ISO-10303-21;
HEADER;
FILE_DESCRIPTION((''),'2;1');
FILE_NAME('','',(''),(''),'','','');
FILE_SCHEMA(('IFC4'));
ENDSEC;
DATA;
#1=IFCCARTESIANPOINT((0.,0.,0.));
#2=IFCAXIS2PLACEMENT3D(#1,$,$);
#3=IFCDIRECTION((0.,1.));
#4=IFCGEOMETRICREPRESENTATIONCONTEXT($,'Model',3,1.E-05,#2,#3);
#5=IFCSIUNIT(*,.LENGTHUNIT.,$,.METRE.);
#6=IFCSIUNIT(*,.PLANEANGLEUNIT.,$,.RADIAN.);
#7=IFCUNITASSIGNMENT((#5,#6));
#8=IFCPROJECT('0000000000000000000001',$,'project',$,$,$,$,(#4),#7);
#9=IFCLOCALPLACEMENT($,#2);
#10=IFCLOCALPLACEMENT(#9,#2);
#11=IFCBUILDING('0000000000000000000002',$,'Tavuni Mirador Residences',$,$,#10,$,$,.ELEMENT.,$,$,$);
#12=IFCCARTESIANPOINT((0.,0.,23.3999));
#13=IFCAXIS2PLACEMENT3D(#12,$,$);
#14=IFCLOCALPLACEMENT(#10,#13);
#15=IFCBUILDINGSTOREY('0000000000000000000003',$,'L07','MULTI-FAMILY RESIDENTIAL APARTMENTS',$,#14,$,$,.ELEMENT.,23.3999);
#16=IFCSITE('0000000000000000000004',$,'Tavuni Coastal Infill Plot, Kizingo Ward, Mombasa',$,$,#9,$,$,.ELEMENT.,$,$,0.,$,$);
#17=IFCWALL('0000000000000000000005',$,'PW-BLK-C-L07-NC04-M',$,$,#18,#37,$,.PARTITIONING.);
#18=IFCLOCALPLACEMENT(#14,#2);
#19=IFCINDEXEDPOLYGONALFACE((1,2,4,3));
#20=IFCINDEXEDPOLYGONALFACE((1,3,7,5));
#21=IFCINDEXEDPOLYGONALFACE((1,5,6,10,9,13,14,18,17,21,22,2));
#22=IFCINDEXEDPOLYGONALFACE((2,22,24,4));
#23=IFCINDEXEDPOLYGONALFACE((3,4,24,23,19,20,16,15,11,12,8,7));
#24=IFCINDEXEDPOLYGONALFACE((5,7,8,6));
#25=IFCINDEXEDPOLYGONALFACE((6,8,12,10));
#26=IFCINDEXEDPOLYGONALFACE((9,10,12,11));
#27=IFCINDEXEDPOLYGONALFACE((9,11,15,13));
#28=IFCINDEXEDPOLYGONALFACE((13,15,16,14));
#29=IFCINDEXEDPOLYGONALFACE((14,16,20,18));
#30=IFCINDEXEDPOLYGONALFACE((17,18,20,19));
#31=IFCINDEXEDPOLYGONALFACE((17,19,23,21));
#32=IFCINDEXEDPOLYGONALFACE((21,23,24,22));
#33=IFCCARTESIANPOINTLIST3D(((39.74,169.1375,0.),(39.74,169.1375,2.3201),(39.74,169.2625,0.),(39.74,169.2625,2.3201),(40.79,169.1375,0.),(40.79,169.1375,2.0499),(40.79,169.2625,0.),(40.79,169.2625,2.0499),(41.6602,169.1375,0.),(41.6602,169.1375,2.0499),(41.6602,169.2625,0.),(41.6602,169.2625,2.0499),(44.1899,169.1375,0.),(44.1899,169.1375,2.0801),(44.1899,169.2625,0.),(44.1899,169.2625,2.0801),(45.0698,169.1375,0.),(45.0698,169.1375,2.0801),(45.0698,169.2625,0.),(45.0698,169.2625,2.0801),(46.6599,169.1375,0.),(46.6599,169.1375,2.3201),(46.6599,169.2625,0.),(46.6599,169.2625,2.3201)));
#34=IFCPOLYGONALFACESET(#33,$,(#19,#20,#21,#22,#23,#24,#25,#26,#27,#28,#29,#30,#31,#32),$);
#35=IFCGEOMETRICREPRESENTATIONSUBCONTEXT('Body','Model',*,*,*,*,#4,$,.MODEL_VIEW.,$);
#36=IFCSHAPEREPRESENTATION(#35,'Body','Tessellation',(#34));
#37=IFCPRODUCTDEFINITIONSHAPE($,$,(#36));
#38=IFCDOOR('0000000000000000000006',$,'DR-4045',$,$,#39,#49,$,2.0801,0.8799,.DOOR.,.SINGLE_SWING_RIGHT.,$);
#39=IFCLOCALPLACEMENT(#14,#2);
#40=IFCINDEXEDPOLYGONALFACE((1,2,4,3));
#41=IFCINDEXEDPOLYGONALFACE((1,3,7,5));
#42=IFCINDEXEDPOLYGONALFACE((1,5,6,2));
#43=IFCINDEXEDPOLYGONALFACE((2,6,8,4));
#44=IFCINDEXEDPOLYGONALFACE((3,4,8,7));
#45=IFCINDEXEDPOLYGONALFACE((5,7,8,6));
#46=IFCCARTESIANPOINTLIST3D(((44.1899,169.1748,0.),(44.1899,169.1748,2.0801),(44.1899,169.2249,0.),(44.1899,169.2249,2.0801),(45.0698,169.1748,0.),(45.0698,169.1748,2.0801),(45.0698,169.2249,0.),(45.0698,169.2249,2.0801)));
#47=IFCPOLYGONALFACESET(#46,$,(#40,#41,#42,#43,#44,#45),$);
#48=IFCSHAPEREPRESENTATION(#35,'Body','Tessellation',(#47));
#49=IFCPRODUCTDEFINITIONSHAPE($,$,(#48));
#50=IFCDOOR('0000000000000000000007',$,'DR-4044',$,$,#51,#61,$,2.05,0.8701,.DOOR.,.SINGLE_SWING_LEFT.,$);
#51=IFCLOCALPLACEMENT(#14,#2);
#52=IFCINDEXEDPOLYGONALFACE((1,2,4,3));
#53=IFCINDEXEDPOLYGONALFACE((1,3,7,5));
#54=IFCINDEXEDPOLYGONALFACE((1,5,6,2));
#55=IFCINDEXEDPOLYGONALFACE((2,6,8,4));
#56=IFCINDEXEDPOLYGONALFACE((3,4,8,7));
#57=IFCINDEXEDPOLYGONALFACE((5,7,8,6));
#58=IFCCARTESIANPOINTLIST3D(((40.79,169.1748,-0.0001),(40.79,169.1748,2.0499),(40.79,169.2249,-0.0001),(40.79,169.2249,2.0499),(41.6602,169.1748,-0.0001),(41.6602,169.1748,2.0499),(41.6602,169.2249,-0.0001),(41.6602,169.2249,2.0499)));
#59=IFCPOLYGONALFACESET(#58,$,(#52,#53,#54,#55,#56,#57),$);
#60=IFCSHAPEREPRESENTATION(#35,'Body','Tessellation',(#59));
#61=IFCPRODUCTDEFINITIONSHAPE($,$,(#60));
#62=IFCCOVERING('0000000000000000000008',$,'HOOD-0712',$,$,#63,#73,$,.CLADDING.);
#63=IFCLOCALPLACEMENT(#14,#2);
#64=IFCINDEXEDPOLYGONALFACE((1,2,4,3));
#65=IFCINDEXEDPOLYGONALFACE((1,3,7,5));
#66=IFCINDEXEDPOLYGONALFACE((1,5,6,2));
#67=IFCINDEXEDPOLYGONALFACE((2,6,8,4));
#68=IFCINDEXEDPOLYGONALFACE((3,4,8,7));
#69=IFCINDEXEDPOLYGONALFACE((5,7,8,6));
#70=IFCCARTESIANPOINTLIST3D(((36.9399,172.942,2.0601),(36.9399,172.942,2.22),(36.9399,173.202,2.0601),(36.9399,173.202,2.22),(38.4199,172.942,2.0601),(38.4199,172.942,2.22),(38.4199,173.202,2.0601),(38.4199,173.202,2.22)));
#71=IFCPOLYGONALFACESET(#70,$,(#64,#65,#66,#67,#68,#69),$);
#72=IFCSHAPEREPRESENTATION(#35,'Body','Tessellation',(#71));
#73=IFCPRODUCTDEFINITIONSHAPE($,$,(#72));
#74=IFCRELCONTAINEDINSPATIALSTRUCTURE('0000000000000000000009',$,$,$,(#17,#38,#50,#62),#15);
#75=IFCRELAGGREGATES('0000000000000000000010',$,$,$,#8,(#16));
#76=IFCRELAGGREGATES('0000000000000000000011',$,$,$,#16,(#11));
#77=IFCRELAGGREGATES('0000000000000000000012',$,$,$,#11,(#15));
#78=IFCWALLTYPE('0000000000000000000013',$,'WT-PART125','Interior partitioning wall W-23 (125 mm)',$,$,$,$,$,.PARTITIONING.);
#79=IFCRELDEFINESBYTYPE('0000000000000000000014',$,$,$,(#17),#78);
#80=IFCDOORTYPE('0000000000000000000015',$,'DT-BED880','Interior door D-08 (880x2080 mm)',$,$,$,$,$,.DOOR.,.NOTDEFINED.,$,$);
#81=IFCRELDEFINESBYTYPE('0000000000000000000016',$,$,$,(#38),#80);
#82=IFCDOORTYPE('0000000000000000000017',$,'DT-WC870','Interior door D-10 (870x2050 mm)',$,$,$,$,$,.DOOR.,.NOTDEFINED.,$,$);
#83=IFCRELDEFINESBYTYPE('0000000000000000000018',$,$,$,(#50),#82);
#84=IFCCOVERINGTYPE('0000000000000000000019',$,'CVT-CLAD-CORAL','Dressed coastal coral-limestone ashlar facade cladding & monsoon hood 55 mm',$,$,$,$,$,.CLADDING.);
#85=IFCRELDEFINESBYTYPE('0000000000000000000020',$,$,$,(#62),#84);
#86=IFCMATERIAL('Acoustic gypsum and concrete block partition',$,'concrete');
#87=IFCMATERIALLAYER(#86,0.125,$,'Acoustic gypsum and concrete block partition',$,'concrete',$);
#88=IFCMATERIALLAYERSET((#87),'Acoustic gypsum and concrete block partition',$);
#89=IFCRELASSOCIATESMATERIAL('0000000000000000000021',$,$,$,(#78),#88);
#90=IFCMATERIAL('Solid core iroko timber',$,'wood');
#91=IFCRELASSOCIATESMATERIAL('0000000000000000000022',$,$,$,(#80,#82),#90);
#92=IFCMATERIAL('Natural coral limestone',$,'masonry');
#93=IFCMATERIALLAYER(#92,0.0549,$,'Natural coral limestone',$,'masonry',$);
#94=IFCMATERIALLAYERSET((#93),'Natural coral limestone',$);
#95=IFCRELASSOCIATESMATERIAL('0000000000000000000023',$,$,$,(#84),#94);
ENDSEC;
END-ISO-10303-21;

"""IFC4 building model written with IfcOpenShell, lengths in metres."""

from ifc_helpers import new_model, si_unit, direction, frame, frame_2d, origin, origin_2d, place, context, subcontext, project, spatial, rectangle, extrude, material, layer, layer_set, type_object, element, fill, save


model = new_model("IFC4")

# Units and contexts
model_context = context("Model", 3, precision=1e-05, world=origin(), true_north=direction((0.0, 1.0)))
body_context = subcontext(model_context, "Body", "Model", "MODEL_VIEW")
ifc_project = project(units=[si_unit("LENGTHUNIT", "METRE"), si_unit("PLANEANGLEUNIT", "RADIAN")], contexts=[model_context])

# Site, building, storey
site_placement = place(None, origin())
site = spatial("IfcSite", under=ifc_project, at=site_placement, Name="Tavuni Coastal Infill Plot, Kizingo Ward, Mombasa", CompositionType="ELEMENT", RefElevation=0.0)
building_placement = place(site_placement, origin())
building = spatial("IfcBuilding", under=site, at=building_placement, Name="Tavuni Mirador Residences", CompositionType="ELEMENT")
storey_placement = place(building_placement, frame((0.0, 0.0, 23.3999)))
storey = spatial("IfcBuildingStorey", under=building, at=storey_placement, Name="L07", Description="MULTI-FAMILY RESIDENTIAL APARTMENTS", CompositionType="ELEMENT", Elevation=23.3999)

# Shared definitions
ifc_material_1 = material(Name="Acoustic gypsum and concrete block partition", Category="concrete")
ifc_layer_1 = layer(ifc_material_1, 0.125, Name="Acoustic gypsum and concrete block partition", Category="concrete")
ifc_layer_set_1 = layer_set([ifc_layer_1], Name="Acoustic gypsum and concrete block partition")
wall_type_1 = type_object("IfcWallType", Name="WT-PART125", Description="Interior partitioning wall W-23 (125 mm)", PredefinedType="PARTITIONING", material=ifc_layer_set_1)
ifc_material_2 = material(Name="Solid core iroko timber", Category="wood")

# Wall, openings, doors
wall_1_placement = place(storey_placement, frame((39.74, 169.2, 0.0), z_axis=(0.0, 0.0, 1.0), x_axis=(1.0, 0.0, 0.0)))
wall_1 = element("IfcWall", 1, at=wall_1_placement, inside=storey, type_object=wall_type_1, Name="PW-BLK-C-L07-NC04-M", PredefinedType="PARTITIONING", context=body_context, shape_type="SweptSolid", body=[
    extrude(rectangle(XDim=6.9199, YDim=0.125, at=frame_2d((3.46, 0.0))), origin(), (0.0, 0.0, 1.0), 2.3201),
])
opening_1_placement = place(wall_1_placement, frame((1.05, 0.0, 0.0)))
opening_1 = element("IfcOpeningElement", 2, at=opening_1_placement, cuts=wall_1, PredefinedType="OPENING", context=body_context, shape_type="SweptSolid", body=[
    extrude(rectangle(XDim=0.8701, YDim=2.05, at=frame_2d((0.4351, 1.0249))), frame((0.0, 0.0725, 0.0), z_axis=(0.0, -1.0, 0.0), x_axis=(1.0, 0.0, 0.0)), (0.0, 0.0, 1.0), 0.145),
])
opening_2_placement = place(wall_1_placement, frame((4.45, 0.0, 0.0)))
opening_2 = element("IfcOpeningElement", 3, at=opening_2_placement, cuts=wall_1, PredefinedType="OPENING", context=body_context, shape_type="SweptSolid", body=[
    extrude(rectangle(XDim=0.8799, YDim=2.0801, at=frame_2d((0.4399, 1.04))), frame((0.0, 0.0725, 0.0), z_axis=(0.0, -1.0, 0.0), x_axis=(1.0, 0.0, 0.0)), (0.0, 0.0, 1.0), 0.145),
])
door_type_1 = type_object("IfcDoorType", Name="DT-BED880", Description="Interior door D-08 (880x2080 mm)", OperationType="NOTDEFINED", PredefinedType="DOOR", material=ifc_material_2)
door_1_placement = place(opening_2_placement, origin())
door_1 = element("IfcDoor", 4, at=door_1_placement, inside=storey, type_object=door_type_1, Name="DR-4045", OperationType="SINGLE_SWING_RIGHT", OverallHeight=2.0801, OverallWidth=0.8799, PredefinedType="DOOR", context=body_context, shape_type="SweptSolid", body=[
    extrude(rectangle(XDim=0.8799, YDim=2.0801, at=frame_2d((0.4399, 1.04))), frame((0.0, 0.0249, 0.0), z_axis=(0.0, -1.0, 0.0), x_axis=(1.0, 0.0, 0.0)), (0.0, 0.0, 1.0), 0.05),
])
fill(opening_2, door_1)
door_type_2 = type_object("IfcDoorType", Name="DT-WC870", Description="Interior door D-10 (870x2050 mm)", OperationType="NOTDEFINED", PredefinedType="DOOR", material=ifc_material_2)
door_2_placement = place(opening_1_placement, origin())
door_2 = element("IfcDoor", 5, at=door_2_placement, inside=storey, type_object=door_type_2, Name="DR-4044", OperationType="SINGLE_SWING_LEFT", OverallHeight=2.05, OverallWidth=0.8701, PredefinedType="DOOR", context=body_context, shape_type="SweptSolid", body=[
    extrude(rectangle(XDim=0.8701, YDim=2.05, at=frame_2d((0.4351, 1.0249))), frame((0.0, 0.0249, 0.0), z_axis=(0.0, -1.0, 0.0), x_axis=(1.0, 0.0, 0.0)), (0.0, 0.0, 1.0), 0.05),
])
fill(opening_1, door_2)

# Covering
ifc_material_3 = material(Name="Natural coral limestone", Category="masonry")
ifc_layer_2 = layer(ifc_material_3, 0.0549, Name="Natural coral limestone", Category="masonry")
ifc_layer_set_2 = layer_set([ifc_layer_2], Name="Natural coral limestone")
covering_type = type_object("IfcCoveringType", Name="CVT-CLAD-CORAL", Description="Dressed coastal coral-limestone ashlar facade cladding & monsoon hood 55 mm", PredefinedType="CLADDING", material=ifc_layer_set_2)
covering_placement = place(storey_placement, frame((37.6799, 173.072, 2.0601), z_axis=(0.0, 0.0, 1.0), x_axis=(-1.0, 0.0, 0.0)))
element("IfcCovering", 6, at=covering_placement, inside=storey, type_object=covering_type, Name="HOOD-0712", PredefinedType="CLADDING", context=body_context, shape_type="SweptSolid", body=[
    extrude(rectangle(XDim=1.48, YDim=0.26, at=origin_2d()), origin(), (0.0, 0.0, 1.0), 0.1599),
])

save(model, "model.ifc")
